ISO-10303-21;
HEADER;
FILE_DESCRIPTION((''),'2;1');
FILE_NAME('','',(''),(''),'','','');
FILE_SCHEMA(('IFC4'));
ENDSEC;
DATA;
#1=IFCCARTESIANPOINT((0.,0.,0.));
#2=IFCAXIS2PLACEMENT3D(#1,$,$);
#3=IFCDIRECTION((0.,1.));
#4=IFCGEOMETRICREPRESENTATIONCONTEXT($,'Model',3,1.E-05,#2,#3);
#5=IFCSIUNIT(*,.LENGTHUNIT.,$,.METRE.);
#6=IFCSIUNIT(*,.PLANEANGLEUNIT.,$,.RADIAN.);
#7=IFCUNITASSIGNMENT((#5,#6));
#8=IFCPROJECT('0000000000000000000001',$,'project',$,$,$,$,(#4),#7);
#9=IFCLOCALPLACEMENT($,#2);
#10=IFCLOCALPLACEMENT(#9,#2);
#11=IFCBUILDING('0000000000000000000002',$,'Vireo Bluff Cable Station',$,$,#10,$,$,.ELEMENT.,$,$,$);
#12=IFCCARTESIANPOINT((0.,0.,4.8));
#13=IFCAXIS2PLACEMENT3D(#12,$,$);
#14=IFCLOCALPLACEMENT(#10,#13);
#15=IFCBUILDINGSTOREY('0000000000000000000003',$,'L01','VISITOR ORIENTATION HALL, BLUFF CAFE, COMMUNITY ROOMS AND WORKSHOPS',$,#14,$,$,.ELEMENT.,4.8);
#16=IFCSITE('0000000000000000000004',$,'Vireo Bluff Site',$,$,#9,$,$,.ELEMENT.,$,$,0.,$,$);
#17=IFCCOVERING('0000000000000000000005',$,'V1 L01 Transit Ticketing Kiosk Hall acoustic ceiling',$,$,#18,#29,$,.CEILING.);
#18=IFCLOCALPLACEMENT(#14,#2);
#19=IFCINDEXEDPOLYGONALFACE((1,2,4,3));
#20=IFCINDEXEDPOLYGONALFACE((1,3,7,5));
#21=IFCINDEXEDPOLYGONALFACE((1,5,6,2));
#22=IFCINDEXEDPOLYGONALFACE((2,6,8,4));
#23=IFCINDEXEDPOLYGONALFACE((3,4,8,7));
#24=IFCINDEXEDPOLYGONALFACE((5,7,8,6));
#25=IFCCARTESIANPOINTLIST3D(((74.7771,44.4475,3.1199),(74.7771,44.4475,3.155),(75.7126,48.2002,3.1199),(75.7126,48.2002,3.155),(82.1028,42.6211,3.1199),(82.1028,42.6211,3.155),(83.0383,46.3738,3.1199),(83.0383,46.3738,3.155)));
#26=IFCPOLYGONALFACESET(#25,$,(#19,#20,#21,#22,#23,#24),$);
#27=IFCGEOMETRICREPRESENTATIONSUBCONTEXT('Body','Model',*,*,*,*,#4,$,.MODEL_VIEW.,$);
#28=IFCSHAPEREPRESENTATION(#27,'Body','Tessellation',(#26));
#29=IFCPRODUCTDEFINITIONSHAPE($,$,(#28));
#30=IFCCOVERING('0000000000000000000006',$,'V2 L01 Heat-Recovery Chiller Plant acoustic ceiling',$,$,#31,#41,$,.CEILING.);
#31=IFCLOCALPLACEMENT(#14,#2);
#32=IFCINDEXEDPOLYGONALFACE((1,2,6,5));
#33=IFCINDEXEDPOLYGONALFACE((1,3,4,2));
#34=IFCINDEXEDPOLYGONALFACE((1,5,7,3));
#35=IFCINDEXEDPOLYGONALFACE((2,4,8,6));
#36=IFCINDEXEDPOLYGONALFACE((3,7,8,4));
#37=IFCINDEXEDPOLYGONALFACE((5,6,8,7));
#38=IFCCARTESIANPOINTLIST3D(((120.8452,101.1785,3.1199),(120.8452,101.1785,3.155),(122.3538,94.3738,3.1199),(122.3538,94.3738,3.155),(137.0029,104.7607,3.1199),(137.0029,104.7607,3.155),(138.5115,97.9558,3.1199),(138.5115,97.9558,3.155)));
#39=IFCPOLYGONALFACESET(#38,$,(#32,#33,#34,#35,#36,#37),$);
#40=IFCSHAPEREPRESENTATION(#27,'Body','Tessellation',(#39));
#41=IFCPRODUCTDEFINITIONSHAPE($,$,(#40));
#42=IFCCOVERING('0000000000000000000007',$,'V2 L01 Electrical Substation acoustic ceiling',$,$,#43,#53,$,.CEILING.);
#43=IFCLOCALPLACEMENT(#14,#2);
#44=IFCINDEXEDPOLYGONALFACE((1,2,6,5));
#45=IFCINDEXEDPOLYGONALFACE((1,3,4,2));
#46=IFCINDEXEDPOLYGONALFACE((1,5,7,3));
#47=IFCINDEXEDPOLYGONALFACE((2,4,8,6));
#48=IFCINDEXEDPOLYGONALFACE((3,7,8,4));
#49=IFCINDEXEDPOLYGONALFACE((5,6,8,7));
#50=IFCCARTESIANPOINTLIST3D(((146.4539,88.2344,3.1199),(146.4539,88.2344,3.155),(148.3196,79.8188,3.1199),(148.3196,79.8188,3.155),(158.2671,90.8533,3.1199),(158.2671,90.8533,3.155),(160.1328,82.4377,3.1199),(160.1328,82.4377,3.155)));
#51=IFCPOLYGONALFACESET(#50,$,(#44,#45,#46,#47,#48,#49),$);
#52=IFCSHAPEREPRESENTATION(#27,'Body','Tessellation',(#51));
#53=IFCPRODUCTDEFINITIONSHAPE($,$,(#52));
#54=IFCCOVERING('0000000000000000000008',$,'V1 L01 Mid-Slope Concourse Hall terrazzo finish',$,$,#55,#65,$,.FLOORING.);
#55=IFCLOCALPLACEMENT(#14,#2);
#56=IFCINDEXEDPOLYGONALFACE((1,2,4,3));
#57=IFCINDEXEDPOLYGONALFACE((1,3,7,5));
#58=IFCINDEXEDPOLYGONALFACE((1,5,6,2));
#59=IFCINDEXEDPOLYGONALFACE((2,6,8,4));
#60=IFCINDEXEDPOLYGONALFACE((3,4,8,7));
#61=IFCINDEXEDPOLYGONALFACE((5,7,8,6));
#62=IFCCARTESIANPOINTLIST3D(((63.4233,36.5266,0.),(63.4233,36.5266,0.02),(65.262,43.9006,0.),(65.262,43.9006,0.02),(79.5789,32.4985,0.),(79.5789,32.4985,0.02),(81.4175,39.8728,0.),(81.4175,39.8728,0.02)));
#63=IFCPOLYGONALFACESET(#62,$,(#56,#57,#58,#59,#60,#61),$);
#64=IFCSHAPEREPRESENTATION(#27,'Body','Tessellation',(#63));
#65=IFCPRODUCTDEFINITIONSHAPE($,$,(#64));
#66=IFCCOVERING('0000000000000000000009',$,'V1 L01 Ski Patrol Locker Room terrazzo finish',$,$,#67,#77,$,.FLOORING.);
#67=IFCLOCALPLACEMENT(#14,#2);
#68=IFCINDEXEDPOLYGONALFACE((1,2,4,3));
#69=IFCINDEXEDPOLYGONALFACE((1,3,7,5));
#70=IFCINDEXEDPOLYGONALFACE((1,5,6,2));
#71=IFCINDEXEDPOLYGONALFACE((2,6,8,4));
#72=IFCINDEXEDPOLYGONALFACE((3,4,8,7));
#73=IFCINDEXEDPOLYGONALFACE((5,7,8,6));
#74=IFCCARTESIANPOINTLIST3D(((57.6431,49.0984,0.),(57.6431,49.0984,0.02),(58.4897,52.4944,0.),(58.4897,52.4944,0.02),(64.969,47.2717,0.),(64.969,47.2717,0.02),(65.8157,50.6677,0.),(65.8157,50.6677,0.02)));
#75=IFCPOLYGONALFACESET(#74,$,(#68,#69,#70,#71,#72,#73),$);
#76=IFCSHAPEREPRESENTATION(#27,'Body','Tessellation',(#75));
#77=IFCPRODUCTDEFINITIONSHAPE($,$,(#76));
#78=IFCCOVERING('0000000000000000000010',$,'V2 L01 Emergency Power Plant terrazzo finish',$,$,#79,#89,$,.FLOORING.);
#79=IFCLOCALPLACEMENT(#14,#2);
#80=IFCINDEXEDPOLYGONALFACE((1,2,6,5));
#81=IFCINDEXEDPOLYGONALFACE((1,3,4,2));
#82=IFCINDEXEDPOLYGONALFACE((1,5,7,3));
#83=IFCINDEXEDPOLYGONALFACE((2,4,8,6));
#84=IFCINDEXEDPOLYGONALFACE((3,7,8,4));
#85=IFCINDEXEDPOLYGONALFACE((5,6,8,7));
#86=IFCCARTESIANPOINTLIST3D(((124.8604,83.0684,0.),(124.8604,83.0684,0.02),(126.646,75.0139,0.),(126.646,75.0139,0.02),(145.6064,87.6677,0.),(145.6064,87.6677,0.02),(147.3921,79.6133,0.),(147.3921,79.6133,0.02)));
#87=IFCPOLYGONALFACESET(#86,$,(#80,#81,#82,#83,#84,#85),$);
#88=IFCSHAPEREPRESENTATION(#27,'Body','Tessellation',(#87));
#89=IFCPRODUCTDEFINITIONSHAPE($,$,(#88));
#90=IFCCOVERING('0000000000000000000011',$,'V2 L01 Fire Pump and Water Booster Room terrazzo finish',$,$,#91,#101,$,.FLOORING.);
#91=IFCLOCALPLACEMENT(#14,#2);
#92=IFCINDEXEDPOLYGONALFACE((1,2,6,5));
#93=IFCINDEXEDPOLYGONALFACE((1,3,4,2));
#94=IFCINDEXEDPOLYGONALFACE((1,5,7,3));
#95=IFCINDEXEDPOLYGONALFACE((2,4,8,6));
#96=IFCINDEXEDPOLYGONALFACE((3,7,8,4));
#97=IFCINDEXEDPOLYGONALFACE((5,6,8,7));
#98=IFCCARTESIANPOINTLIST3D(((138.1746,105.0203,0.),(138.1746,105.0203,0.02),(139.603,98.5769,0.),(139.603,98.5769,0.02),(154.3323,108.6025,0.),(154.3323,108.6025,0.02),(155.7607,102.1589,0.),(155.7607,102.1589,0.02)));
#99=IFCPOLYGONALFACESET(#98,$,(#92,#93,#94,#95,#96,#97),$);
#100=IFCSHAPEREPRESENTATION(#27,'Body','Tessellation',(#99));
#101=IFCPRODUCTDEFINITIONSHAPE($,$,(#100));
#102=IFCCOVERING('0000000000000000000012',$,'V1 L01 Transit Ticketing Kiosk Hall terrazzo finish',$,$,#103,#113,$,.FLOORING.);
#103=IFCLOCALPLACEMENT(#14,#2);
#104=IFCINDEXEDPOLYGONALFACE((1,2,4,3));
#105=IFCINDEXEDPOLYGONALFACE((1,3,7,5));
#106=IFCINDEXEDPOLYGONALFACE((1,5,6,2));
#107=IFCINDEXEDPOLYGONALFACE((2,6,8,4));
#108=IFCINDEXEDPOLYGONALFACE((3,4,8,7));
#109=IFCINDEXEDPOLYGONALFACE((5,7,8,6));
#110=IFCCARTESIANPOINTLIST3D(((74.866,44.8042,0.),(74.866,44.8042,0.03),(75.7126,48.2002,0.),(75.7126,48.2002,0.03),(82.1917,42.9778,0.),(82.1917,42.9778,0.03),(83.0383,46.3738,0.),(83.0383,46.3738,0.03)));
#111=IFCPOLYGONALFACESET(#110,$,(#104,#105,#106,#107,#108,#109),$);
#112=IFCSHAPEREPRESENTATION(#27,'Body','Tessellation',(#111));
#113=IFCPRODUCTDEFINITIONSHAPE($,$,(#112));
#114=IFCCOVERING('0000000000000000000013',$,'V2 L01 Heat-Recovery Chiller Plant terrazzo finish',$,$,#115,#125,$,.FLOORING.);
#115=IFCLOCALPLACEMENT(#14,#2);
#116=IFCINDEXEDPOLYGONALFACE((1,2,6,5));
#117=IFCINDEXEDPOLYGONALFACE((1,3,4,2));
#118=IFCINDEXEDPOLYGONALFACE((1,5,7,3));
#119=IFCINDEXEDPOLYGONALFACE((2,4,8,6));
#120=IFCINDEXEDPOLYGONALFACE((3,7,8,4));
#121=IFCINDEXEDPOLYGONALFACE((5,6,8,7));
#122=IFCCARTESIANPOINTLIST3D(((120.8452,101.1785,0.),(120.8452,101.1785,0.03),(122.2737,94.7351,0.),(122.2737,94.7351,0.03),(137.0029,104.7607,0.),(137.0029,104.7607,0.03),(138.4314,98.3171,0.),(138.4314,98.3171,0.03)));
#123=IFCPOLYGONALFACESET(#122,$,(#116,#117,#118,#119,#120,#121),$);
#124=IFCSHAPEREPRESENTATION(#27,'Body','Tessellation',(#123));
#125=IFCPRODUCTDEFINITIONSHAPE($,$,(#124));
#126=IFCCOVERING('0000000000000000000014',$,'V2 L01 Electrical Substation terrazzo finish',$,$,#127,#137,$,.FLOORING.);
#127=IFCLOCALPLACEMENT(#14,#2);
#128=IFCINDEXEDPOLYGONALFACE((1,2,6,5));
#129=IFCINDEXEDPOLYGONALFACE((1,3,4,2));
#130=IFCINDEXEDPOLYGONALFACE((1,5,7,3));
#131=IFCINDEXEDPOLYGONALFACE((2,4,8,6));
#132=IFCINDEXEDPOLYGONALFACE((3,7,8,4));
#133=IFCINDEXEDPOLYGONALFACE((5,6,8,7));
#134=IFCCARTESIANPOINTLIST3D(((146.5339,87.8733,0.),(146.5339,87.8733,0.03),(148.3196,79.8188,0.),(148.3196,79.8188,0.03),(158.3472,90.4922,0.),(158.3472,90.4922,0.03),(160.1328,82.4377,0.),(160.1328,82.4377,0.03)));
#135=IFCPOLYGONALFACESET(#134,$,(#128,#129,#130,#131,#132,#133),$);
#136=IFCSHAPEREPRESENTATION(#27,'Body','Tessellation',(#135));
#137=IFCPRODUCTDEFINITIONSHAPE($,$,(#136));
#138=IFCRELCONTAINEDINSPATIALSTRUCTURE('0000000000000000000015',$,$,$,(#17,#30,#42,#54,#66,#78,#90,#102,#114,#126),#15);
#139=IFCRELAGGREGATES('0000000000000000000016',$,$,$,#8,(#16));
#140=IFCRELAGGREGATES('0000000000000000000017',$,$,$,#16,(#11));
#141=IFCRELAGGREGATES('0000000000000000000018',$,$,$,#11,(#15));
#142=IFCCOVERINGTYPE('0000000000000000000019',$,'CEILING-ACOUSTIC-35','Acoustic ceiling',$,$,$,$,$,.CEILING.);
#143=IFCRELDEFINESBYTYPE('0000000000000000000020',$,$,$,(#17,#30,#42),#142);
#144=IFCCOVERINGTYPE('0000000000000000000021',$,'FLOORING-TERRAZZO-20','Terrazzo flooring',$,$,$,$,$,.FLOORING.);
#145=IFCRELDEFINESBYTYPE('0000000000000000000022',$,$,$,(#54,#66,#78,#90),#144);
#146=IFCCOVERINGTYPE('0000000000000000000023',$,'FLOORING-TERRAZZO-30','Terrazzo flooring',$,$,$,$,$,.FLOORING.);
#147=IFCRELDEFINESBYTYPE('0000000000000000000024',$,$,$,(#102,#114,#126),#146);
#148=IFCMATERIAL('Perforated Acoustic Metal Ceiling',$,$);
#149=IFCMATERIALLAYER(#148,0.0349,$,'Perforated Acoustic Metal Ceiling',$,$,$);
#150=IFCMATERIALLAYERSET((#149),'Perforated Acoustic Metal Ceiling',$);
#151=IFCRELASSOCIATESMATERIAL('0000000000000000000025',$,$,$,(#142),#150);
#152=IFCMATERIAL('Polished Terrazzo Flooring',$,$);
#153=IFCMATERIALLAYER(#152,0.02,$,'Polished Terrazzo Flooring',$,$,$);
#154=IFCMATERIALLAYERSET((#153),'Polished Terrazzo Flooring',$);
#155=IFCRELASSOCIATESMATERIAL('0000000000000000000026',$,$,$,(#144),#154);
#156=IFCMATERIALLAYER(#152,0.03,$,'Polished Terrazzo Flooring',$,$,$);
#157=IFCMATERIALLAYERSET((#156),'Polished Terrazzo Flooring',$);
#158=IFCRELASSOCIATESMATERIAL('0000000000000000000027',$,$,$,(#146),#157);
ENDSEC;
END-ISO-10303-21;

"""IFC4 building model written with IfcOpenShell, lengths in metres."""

from ifc_helpers import new_model, si_unit, direction, frame, origin, place, context, subcontext, project, spatial, polyline, outline, extrude, material, layer, layer_set, type_object, element, save


model = new_model("IFC4")

# Units and contexts
model_context = context("Model", 3, precision=1e-05, world=origin(), true_north=direction((0.0, 1.0)))
body_context = subcontext(model_context, "Body", "Model", "MODEL_VIEW")
ifc_project = project(units=[si_unit("LENGTHUNIT", "METRE"), si_unit("PLANEANGLEUNIT", "RADIAN")], contexts=[model_context])

# Site, building, storey
site_placement = place(None, origin())
site = spatial("IfcSite", under=ifc_project, at=site_placement, Name="Vireo Bluff Site", CompositionType="ELEMENT", RefElevation=0.0)
building_placement = place(site_placement, origin())
building = spatial("IfcBuilding", under=site, at=building_placement, Name="Vireo Bluff Cable Station", CompositionType="ELEMENT")
storey_placement = place(building_placement, frame((0.0, 0.0, 4.8)))
storey = spatial("IfcBuildingStorey", under=building, at=storey_placement, Name="L01", Description="VISITOR ORIENTATION HALL, BLUFF CAFE, COMMUNITY ROOMS AND WORKSHOPS", CompositionType="ELEMENT", Elevation=4.8)

# Coverings
ifc_material_1 = material(Name="Perforated Acoustic Metal Ceiling")
ifc_layer_1 = layer(ifc_material_1, 0.0349, Name="Perforated Acoustic Metal Ceiling")
ifc_layer_set_1 = layer_set([ifc_layer_1], Name="Perforated Acoustic Metal Ceiling")
covering_type_1 = type_object("IfcCoveringType", Name="CEILING-ACOUSTIC-35", Description="Acoustic ceiling", PredefinedType="CEILING", material=ifc_layer_set_1)
covering_1_placement = place(storey_placement, frame((0.0, 0.0, 3.1199)))
element("IfcCovering", 1, at=covering_1_placement, inside=storey, type_object=covering_type_1, Name="V1 L01 Transit Ticketing Kiosk Hall acoustic ceiling", PredefinedType="CEILING", context=body_context, shape_type="SweptSolid", body=[
    extrude(outline(polyline([(74.7771, 44.4475), (82.1028, 42.6211), (83.0383, 46.3738), (75.7126, 48.2002), (74.7771, 44.4475)])), origin(), (0.0, 0.0, 1.0), 0.0352),
])
covering_2_placement = place(storey_placement, frame((0.0, 0.0, 3.1199)))
element("IfcCovering", 2, at=covering_2_placement, inside=storey, type_object=covering_type_1, Name="V2 L01 Heat-Recovery Chiller Plant acoustic ceiling", PredefinedType="CEILING", context=body_context, shape_type="SweptSolid", body=[
    extrude(outline(polyline([(122.3538, 94.3738), (138.5115, 97.9558), (137.0029, 104.7607), (120.8452, 101.1785), (122.3538, 94.3738)])), origin(), (0.0, 0.0, 1.0), 0.0352),
])
covering_3_placement = place(storey_placement, frame((0.0, 0.0, 3.1199)))
element("IfcCovering", 3, at=covering_3_placement, inside=storey, type_object=covering_type_1, Name="V2 L01 Electrical Substation acoustic ceiling", PredefinedType="CEILING", context=body_context, shape_type="SweptSolid", body=[
    extrude(outline(polyline([(148.3196, 79.8188), (160.1328, 82.4377), (158.2671, 90.8533), (146.4539, 88.2344), (148.3196, 79.8188)])), origin(), (0.0, 0.0, 1.0), 0.0352),
])
ifc_material_2 = material(Name="Polished Terrazzo Flooring")
ifc_layer_2 = layer(ifc_material_2, 0.02, Name="Polished Terrazzo Flooring")
ifc_layer_set_2 = layer_set([ifc_layer_2], Name="Polished Terrazzo Flooring")
covering_type_2 = type_object("IfcCoveringType", Name="FLOORING-TERRAZZO-20", Description="Terrazzo flooring", PredefinedType="FLOORING", material=ifc_layer_set_2)
covering_4_placement = place(storey_placement, origin())
element("IfcCovering", 4, at=covering_4_placement, inside=storey, type_object=covering_type_2, Name="V1 L01 Mid-Slope Concourse Hall terrazzo finish", PredefinedType="FLOORING", context=body_context, shape_type="SweptSolid", body=[
    extrude(outline(polyline([(63.4233, 36.5266), (79.5789, 32.4985), (81.4175, 39.8728), (65.262, 43.9006), (63.4233, 36.5266)])), origin(), (0.0, 0.0, 1.0), 0.02),
])
covering_5_placement = place(storey_placement, origin())
element("IfcCovering", 5, at=covering_5_placement, inside=storey, type_object=covering_type_2, Name="V1 L01 Ski Patrol Locker Room terrazzo finish", PredefinedType="FLOORING", context=body_context, shape_type="SweptSolid", body=[
    extrude(outline(polyline([(57.6431, 49.0984), (64.969, 47.2717), (65.8157, 50.6677), (58.4897, 52.4944), (57.6431, 49.0984)])), origin(), (0.0, 0.0, 1.0), 0.02),
])
covering_6_placement = place(storey_placement, origin())
element("IfcCovering", 6, at=covering_6_placement, inside=storey, type_object=covering_type_2, Name="V2 L01 Emergency Power Plant terrazzo finish", PredefinedType="FLOORING", context=body_context, shape_type="SweptSolid", body=[
    extrude(outline(polyline([(126.646, 75.0139), (147.3921, 79.6133), (145.6064, 87.6677), (124.8604, 83.0684), (126.646, 75.0139)])), origin(), (0.0, 0.0, 1.0), 0.02),
])
covering_7_placement = place(storey_placement, origin())
element("IfcCovering", 7, at=covering_7_placement, inside=storey, type_object=covering_type_2, Name="V2 L01 Fire Pump and Water Booster Room terrazzo finish", PredefinedType="FLOORING", context=body_context, shape_type="SweptSolid", body=[
    extrude(outline(polyline([(139.603, 98.5769), (155.7607, 102.1589), (154.3323, 108.6025), (138.1746, 105.0203), (139.603, 98.5769)])), origin(), (0.0, 0.0, 1.0), 0.02),
])
ifc_layer_3 = layer(ifc_material_2, 0.03, Name="Polished Terrazzo Flooring")
ifc_layer_set_3 = layer_set([ifc_layer_3], Name="Polished Terrazzo Flooring")
covering_type_3 = type_object("IfcCoveringType", Name="FLOORING-TERRAZZO-30", Description="Terrazzo flooring", PredefinedType="FLOORING", material=ifc_layer_set_3)
covering_8_placement = place(storey_placement, origin())
element("IfcCovering", 8, at=covering_8_placement, inside=storey, type_object=covering_type_3, Name="V1 L01 Transit Ticketing Kiosk Hall terrazzo finish", PredefinedType="FLOORING", context=body_context, shape_type="SweptSolid", body=[
    extrude(outline(polyline([(74.866, 44.8042), (82.1917, 42.9778), (83.0383, 46.3738), (75.7126, 48.2002), (74.866, 44.8042)])), origin(), (0.0, 0.0, 1.0), 0.03),
])
covering_9_placement = place(storey_placement, origin())
element("IfcCovering", 9, at=covering_9_placement, inside=storey, type_object=covering_type_3, Name="V2 L01 Heat-Recovery Chiller Plant terrazzo finish", PredefinedType="FLOORING", context=body_context, shape_type="SweptSolid", body=[
    extrude(outline(polyline([(122.2737, 94.7351), (138.4314, 98.3171), (137.0029, 104.7607), (120.8452, 101.1785), (122.2737, 94.7351)])), origin(), (0.0, 0.0, 1.0), 0.03),
])
covering_10_placement = place(storey_placement, origin())
element("IfcCovering", 10, at=covering_10_placement, inside=storey, type_object=covering_type_3, Name="V2 L01 Electrical Substation terrazzo finish", PredefinedType="FLOORING", context=body_context, shape_type="SweptSolid", body=[
    extrude(outline(polyline([(148.3196, 79.8188), (160.1328, 82.4377), (158.3472, 90.4922), (146.5339, 87.8733), (148.3196, 79.8188)])), origin(), (0.0, 0.0, 1.0), 0.03),
])

save(model, "model.ifc")
